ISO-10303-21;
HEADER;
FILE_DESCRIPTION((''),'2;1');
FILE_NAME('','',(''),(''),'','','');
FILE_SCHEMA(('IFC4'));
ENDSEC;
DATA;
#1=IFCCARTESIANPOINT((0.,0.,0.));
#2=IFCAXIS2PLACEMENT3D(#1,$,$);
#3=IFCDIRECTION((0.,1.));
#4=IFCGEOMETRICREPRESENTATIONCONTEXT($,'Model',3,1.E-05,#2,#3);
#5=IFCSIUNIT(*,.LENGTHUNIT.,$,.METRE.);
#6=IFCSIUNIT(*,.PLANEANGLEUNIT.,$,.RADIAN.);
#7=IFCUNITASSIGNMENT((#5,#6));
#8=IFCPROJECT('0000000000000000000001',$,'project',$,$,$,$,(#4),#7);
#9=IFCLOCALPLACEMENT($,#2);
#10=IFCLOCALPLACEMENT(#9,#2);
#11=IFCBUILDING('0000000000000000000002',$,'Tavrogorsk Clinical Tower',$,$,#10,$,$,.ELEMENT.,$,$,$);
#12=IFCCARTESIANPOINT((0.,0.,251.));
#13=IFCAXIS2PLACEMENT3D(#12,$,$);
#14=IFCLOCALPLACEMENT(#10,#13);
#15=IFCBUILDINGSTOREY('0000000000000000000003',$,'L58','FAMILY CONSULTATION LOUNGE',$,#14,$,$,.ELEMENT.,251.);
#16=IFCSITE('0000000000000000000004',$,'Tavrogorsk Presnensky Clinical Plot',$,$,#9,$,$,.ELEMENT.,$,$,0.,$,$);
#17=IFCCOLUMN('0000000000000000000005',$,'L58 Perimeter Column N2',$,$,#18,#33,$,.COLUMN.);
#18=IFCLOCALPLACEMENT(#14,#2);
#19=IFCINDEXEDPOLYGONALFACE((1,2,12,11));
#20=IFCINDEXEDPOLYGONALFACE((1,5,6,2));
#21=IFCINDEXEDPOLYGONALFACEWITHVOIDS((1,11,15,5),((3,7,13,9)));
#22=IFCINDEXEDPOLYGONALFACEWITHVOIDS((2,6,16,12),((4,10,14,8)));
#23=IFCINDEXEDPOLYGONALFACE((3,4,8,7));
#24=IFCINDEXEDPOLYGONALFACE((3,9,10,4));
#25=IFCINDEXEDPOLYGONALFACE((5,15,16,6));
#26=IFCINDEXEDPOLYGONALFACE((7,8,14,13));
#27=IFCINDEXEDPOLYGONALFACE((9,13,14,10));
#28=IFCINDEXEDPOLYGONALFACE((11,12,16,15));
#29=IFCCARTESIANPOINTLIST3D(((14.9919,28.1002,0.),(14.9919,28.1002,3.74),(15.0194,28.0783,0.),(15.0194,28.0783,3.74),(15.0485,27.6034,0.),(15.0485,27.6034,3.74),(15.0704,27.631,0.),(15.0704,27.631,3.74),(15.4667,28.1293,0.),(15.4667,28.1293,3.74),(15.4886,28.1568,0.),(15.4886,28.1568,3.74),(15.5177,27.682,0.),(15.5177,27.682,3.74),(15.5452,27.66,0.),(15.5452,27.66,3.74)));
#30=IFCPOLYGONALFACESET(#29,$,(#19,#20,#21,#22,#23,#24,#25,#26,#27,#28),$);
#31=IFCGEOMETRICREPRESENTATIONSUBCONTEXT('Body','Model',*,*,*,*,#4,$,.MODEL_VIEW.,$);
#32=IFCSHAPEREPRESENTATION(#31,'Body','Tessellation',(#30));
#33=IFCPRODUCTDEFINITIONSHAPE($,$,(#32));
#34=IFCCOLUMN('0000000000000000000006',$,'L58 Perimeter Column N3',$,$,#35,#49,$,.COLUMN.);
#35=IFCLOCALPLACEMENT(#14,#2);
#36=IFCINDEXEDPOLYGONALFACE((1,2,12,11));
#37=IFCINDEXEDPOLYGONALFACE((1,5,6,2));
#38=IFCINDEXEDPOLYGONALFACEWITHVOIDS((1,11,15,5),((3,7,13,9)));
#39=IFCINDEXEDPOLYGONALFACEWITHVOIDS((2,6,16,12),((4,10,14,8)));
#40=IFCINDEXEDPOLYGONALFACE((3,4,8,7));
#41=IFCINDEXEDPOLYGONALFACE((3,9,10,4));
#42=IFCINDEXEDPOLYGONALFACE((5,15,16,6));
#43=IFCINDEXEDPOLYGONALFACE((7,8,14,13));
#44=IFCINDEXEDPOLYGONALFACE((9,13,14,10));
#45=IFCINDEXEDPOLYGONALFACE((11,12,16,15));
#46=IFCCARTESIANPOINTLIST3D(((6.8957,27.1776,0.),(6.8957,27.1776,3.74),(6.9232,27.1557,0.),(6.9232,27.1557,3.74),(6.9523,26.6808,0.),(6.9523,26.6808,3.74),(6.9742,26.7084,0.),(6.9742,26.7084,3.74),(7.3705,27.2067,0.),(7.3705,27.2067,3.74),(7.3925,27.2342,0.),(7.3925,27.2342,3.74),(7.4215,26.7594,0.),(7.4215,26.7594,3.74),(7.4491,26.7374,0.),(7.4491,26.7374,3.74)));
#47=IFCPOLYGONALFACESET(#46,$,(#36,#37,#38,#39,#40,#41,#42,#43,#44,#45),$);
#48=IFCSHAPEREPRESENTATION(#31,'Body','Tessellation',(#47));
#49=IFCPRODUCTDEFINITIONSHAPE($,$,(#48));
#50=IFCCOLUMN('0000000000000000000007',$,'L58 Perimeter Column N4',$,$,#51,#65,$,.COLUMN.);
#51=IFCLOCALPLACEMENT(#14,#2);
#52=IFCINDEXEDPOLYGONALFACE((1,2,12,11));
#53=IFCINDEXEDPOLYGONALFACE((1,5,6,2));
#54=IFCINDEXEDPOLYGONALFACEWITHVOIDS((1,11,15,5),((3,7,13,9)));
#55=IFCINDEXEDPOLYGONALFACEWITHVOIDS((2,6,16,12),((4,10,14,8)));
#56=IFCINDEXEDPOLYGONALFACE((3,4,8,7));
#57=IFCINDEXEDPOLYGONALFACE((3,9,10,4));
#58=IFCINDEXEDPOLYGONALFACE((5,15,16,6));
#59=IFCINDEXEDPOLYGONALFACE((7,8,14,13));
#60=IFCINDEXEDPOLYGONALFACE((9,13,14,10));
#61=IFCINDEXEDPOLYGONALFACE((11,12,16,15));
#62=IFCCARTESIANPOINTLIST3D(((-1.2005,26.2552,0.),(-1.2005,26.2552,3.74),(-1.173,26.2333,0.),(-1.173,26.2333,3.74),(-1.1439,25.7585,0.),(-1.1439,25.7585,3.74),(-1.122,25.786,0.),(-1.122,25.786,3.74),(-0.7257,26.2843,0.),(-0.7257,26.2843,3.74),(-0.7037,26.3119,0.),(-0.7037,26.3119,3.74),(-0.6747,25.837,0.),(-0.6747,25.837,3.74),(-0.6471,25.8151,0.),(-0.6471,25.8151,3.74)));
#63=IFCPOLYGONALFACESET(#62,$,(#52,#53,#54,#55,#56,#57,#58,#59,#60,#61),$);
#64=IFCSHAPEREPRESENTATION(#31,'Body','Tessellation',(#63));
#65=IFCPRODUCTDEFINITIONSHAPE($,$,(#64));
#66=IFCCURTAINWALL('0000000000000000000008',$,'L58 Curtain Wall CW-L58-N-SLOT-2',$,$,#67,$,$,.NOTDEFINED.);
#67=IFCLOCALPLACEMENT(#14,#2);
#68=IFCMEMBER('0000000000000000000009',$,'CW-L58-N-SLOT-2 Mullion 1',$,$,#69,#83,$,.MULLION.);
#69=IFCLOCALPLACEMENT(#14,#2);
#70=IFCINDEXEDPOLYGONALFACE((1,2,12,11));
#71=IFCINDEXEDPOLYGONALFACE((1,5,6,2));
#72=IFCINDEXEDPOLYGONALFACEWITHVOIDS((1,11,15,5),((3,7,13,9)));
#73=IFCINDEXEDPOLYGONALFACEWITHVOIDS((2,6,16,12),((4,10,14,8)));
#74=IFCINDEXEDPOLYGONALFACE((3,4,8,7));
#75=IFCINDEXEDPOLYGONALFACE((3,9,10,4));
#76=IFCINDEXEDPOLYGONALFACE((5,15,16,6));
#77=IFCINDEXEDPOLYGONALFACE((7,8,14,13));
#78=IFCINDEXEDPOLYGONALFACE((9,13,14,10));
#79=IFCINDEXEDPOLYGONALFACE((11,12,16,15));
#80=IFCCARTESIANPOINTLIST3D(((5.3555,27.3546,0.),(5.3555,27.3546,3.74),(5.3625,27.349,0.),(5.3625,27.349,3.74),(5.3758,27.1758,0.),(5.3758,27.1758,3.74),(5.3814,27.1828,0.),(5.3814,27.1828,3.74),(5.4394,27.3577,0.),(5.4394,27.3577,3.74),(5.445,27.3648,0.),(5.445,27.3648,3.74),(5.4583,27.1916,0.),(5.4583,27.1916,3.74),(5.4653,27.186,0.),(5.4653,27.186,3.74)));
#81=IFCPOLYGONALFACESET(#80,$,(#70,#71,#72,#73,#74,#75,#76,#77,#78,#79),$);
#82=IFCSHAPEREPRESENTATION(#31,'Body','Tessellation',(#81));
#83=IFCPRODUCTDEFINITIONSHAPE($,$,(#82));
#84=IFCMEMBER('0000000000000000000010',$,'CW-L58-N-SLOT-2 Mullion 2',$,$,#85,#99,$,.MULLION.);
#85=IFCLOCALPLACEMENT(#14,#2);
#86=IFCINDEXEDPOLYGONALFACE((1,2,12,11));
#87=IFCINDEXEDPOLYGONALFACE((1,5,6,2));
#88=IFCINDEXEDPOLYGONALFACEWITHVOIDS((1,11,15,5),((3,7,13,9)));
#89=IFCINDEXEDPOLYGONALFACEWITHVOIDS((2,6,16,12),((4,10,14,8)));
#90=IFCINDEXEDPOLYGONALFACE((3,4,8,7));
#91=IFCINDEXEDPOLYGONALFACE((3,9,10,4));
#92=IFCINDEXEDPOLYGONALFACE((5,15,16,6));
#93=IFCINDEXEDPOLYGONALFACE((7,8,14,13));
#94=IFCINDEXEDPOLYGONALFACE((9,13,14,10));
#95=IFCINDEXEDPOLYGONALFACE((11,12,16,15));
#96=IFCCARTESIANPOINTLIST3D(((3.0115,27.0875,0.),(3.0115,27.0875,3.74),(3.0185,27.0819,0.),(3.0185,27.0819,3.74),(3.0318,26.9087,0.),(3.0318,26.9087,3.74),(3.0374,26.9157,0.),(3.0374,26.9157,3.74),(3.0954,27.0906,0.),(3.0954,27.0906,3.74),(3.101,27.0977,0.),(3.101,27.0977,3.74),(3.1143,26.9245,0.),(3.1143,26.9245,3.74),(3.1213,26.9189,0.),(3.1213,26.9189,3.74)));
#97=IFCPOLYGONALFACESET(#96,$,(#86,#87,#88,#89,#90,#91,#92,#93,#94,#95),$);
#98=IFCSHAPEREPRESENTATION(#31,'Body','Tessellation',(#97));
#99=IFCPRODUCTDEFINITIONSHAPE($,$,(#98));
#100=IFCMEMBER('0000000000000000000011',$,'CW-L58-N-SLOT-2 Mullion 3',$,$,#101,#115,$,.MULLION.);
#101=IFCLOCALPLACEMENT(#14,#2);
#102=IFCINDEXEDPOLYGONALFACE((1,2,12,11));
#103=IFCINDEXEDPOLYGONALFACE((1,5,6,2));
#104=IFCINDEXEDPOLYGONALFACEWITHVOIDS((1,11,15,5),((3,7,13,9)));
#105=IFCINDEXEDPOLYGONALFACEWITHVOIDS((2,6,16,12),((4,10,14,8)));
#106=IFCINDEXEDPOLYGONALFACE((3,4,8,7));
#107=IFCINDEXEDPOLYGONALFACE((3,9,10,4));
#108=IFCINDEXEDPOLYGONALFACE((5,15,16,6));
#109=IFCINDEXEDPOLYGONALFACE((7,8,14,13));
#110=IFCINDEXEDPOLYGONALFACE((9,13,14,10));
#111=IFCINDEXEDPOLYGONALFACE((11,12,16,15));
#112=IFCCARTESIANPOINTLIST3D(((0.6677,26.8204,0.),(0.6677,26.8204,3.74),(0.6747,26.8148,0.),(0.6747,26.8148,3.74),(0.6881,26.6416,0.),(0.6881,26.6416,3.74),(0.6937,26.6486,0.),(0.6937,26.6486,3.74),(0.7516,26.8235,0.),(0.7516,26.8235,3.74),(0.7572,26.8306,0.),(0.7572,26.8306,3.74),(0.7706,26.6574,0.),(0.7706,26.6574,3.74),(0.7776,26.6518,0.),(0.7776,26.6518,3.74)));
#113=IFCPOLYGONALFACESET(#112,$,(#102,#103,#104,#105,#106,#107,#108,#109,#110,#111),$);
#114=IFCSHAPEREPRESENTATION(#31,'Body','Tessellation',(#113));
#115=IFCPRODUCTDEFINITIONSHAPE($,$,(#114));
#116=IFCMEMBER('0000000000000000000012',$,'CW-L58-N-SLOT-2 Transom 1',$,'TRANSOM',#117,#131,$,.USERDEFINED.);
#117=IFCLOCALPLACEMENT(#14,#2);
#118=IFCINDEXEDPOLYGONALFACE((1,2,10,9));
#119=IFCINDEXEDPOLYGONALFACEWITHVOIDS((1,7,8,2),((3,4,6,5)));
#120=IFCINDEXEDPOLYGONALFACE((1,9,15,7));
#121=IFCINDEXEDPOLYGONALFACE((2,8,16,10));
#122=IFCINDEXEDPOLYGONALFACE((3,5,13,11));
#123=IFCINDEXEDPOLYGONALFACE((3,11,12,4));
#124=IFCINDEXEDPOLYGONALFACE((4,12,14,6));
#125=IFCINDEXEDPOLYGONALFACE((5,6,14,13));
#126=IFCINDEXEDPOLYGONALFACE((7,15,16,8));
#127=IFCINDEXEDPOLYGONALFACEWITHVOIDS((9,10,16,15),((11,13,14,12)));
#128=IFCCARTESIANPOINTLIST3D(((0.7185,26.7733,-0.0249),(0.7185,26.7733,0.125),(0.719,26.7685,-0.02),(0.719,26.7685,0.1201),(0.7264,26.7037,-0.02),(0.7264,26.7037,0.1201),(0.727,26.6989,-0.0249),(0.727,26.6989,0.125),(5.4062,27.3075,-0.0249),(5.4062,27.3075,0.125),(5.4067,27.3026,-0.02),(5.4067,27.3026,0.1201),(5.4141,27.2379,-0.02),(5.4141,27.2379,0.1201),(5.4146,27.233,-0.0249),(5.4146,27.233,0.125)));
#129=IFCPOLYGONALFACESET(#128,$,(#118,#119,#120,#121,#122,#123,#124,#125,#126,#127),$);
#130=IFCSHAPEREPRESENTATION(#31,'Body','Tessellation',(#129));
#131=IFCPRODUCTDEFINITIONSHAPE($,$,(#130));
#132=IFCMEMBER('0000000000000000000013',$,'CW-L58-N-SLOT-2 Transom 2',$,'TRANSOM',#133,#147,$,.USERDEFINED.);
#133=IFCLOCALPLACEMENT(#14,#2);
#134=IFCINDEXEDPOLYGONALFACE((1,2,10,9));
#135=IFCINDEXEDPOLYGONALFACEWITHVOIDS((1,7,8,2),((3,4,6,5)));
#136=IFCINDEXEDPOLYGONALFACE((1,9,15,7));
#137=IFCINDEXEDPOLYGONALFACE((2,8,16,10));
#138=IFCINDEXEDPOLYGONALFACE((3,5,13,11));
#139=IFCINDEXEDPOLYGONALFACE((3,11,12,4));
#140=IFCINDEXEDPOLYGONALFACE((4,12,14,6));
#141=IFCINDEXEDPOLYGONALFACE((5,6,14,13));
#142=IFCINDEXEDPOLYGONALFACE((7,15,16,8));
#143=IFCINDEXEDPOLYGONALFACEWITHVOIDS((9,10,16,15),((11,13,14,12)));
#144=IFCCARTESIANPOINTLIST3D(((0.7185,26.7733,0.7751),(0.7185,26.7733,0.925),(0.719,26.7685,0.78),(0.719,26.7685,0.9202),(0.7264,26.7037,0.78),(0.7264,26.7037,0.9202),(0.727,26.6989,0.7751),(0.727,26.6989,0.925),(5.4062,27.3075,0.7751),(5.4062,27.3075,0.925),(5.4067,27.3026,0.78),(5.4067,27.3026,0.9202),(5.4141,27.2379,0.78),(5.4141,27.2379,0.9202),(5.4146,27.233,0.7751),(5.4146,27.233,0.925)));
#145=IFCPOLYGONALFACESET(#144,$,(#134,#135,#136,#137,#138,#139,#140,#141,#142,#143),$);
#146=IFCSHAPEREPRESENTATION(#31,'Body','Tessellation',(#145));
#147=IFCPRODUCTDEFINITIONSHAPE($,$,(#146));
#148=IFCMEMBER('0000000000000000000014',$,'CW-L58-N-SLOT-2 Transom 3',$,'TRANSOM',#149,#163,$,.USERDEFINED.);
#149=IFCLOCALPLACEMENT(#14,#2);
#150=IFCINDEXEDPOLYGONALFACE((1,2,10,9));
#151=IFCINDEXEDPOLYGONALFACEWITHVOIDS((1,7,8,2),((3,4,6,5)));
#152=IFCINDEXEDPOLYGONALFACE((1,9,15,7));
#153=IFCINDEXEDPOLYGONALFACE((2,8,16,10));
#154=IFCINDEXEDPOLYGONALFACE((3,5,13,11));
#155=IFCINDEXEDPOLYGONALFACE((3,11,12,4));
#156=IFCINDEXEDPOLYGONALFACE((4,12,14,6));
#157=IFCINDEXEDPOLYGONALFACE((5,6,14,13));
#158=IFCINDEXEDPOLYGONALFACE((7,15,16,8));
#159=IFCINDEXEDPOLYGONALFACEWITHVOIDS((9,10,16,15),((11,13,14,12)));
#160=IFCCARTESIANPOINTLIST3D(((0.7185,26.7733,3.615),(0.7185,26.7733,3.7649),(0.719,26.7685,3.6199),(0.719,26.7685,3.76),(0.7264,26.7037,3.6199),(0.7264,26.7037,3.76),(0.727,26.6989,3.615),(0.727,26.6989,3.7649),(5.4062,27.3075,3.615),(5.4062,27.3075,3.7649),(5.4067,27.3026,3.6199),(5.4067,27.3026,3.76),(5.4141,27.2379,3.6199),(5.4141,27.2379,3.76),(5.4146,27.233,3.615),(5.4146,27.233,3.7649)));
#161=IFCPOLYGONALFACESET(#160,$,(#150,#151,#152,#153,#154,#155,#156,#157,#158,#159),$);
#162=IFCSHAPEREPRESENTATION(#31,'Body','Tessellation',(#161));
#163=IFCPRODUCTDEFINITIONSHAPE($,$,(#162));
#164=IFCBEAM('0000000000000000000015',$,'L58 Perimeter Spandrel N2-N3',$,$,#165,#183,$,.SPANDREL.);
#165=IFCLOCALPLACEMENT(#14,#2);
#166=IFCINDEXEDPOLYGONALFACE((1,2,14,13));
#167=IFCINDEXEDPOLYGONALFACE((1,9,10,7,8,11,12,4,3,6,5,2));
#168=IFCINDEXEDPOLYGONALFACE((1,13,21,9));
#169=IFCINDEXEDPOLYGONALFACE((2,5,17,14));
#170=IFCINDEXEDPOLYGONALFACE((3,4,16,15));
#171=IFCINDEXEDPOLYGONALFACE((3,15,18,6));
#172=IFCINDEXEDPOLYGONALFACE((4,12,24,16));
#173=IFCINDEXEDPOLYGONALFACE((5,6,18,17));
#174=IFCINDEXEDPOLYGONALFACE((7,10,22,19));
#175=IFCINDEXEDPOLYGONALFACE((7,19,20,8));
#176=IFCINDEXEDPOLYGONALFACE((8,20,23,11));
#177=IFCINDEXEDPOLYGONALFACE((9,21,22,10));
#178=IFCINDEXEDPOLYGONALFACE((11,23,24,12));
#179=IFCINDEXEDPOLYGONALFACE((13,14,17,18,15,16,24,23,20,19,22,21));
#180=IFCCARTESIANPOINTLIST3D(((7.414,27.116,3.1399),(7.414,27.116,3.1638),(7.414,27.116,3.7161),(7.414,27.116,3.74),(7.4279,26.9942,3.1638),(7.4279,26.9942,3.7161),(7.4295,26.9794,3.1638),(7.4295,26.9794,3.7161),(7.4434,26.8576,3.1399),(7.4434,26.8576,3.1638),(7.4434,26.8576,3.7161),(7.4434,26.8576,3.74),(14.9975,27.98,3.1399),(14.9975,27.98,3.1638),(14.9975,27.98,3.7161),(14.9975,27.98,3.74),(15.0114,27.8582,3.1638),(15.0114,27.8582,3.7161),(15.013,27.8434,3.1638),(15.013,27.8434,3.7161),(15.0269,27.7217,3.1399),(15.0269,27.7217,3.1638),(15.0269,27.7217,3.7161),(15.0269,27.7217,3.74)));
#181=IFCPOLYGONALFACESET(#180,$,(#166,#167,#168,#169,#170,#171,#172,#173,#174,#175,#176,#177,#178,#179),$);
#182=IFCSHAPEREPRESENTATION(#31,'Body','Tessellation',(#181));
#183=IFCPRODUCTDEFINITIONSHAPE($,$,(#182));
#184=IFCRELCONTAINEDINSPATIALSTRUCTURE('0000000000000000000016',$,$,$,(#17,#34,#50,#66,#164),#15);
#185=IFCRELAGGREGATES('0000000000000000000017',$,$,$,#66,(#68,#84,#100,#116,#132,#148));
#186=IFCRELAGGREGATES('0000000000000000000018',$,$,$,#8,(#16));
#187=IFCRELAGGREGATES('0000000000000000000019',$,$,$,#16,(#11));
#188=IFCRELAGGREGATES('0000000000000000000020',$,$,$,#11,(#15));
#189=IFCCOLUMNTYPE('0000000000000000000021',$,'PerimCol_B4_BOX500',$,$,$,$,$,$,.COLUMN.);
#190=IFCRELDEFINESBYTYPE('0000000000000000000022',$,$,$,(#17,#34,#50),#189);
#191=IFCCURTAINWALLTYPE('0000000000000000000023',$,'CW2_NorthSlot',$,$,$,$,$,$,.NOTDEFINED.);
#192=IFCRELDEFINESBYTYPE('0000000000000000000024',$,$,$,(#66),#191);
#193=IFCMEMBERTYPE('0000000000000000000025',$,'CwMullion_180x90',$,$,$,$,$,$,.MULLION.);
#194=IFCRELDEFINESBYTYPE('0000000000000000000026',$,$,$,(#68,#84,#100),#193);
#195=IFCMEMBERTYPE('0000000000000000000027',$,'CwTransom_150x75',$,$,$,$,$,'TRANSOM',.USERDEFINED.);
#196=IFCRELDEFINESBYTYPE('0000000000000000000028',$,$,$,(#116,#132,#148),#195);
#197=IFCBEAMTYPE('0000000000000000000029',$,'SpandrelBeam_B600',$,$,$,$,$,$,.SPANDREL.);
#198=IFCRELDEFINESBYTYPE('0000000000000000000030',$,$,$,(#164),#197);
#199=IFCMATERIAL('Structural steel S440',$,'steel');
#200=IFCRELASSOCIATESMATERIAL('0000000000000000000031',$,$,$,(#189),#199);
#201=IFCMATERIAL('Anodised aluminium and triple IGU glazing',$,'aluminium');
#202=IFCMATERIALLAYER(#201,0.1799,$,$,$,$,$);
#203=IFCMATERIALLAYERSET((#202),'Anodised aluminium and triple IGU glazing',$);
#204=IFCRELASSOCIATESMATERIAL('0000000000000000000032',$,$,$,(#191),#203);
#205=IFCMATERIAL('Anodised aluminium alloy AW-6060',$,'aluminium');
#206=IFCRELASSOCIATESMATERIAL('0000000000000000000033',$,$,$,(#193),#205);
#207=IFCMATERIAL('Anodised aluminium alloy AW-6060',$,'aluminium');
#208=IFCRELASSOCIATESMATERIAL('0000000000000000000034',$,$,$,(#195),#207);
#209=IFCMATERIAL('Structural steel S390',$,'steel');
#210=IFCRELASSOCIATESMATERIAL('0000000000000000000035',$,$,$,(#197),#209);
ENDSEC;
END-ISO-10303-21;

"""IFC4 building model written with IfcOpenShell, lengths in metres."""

from ifc_helpers import new_model, si_unit, direction, frame, origin, origin_2d, place, context, subcontext, project, spatial, hollow_rectangle, i_section, extrude, material, layer, layer_set, material_profile, profile_set, type_object, element, aggregate, save


model = new_model("IFC4")

# Units and contexts
model_context = context("Model", 3, precision=1e-05, world=origin(), true_north=direction((0.0, 1.0)))
body_context = subcontext(model_context, "Body", "Model", "MODEL_VIEW")
ifc_project = project(units=[si_unit("LENGTHUNIT", "METRE"), si_unit("PLANEANGLEUNIT", "RADIAN")], contexts=[model_context])

# Site, building, storey
site_placement = place(None, origin())
site = spatial("IfcSite", under=ifc_project, at=site_placement, Name="Tavrogorsk Presnensky Clinical Plot", CompositionType="ELEMENT", RefElevation=0.0)
building_placement = place(site_placement, origin())
building = spatial("IfcBuilding", under=site, at=building_placement, Name="Tavrogorsk Clinical Tower", CompositionType="ELEMENT")
storey_placement = place(building_placement, frame((0.0, 0.0, 251.0)))
storey = spatial("IfcBuildingStorey", under=building, at=storey_placement, Name="L58", Description="FAMILY CONSULTATION LOUNGE", CompositionType="ELEMENT", Elevation=251.0)

# Columns
ifc_material_1 = material(Name="Structural steel S440", Category="steel")
ifc_material_profile_1 = material_profile(ifc_material_1, hollow_rectangle(XDim=0.5, YDim=0.5, WallThickness=0.0249, at=origin_2d()), Name="BOX-500x500x25")
ifc_profile_set_1 = profile_set([ifc_material_profile_1], Name="Structural steel S440")
column_type = type_object("IfcColumnType", Name="PerimCol_B4_BOX500", PredefinedType="COLUMN", material=ifc_profile_set_1)
for number, where, z_axis, x_axis, name in (
    (1, (15.2686, 27.8801, 0.0), (0.0, 0.0, 1.0), (0.993572, 0.113203, 0.0), "L58 Perimeter Column N2"),
    (2, (7.1724, 26.9575, 0.0), (0.0, 0.0, 1.0), (0.993572, 0.113203, 0.0), "L58 Perimeter Column N3"),
    (3, (-0.9238, 26.0352, 0.0), (0.0, 0.0, 1.0), (0.993572, 0.113203, 0.0), "L58 Perimeter Column N4"),
):
    element("IfcColumn", number, at=place(storey_placement, frame(where, z_axis=z_axis, x_axis=x_axis)), inside=storey, type_object=column_type, Name=name, PredefinedType="COLUMN", context=body_context, shape_type="SweptSolid", body=[
        extrude(hollow_rectangle(XDim=0.5, YDim=0.5, WallThickness=0.0249, at=origin_2d()), origin(), (0.0, 0.0, 1.0), 3.74),
    ])

# Curtain wall, members
ifc_material_2 = material(Name="Anodised aluminium and triple IGU glazing", Category="aluminium")
ifc_layer_1 = layer(ifc_material_2, 0.1799)
ifc_layer_set_1 = layer_set([ifc_layer_1], Name="Anodised aluminium and triple IGU glazing")
curtain_wall_type = type_object("IfcCurtainWallType", Name="CW2_NorthSlot", PredefinedType="NOTDEFINED", material=ifc_layer_set_1)
curtain_wall_placement = place(storey_placement, origin())
curtain_wall = element("IfcCurtainWall", 4, at=curtain_wall_placement, inside=storey, type_object=curtain_wall_type, Name="L58 Curtain Wall CW-L58-N-SLOT-2", PredefinedType="NOTDEFINED")
ifc_material_3 = material(Name="Anodised aluminium alloy AW-6060", Category="aluminium")
ifc_material_profile_2 = material_profile(ifc_material_3, hollow_rectangle(XDim=0.0901, YDim=0.1799, WallThickness=0.0063, at=origin_2d()), Name="RHS-180x90x6.3")
ifc_profile_set_2 = profile_set([ifc_material_profile_2], Name="Anodised aluminium alloy AW-6060")
member_type_1 = type_object("IfcMemberType", Name="CwMullion_180x90", PredefinedType="MULLION", material=ifc_profile_set_2)
member_1_placement = place(storey_placement, frame((5.4104, 27.2703, 0.0), z_axis=(0.0, 0.0, 1.0), x_axis=(-0.993572, -0.113203, 0.0)))
member_1 = element("IfcMember", 5, at=member_1_placement, type_object=member_type_1, Name="CW-L58-N-SLOT-2 Mullion 1", PredefinedType="MULLION", context=body_context, shape_type="SweptSolid", body=[
    extrude(hollow_rectangle(XDim=0.0901, YDim=0.1799, WallThickness=0.0063, at=origin_2d()), origin(), (0.0, 0.0, 1.0), 3.74),
])
member_2_placement = place(storey_placement, frame((3.0664, 27.0032, 0.0), z_axis=(0.0, 0.0, 1.0), x_axis=(-0.993572, -0.113203, 0.0)))
member_2 = element("IfcMember", 6, at=member_2_placement, type_object=member_type_1, Name="CW-L58-N-SLOT-2 Mullion 2", PredefinedType="MULLION", context=body_context, shape_type="SweptSolid", body=[
    extrude(hollow_rectangle(XDim=0.0901, YDim=0.1799, WallThickness=0.0063, at=origin_2d()), origin(), (0.0, 0.0, 1.0), 3.74),
])
member_3_placement = place(storey_placement, frame((0.7227, 26.7361, 0.0), z_axis=(0.0, 0.0, 1.0), x_axis=(-0.993572, -0.113203, 0.0)))
member_3 = element("IfcMember", 7, at=member_3_placement, type_object=member_type_1, Name="CW-L58-N-SLOT-2 Mullion 3", PredefinedType="MULLION", context=body_context, shape_type="SweptSolid", body=[
    extrude(hollow_rectangle(XDim=0.0901, YDim=0.1799, WallThickness=0.0063, at=origin_2d()), origin(), (0.0, 0.0, 1.0), 3.74),
])
ifc_material_4 = material(Name="Anodised aluminium alloy AW-6060", Category="aluminium")
ifc_material_profile_3 = material_profile(ifc_material_4, hollow_rectangle(XDim=0.075, YDim=0.1499, WallThickness=0.0049, at=origin_2d()), Name="RHS-150x75x5")
ifc_profile_set_3 = profile_set([ifc_material_profile_3], Name="Anodised aluminium alloy AW-6060")
member_type_2 = type_object("IfcMemberType", Name="CwTransom_150x75", ElementType="TRANSOM", PredefinedType="USERDEFINED", material=ifc_profile_set_3)
member_4_placement = place(storey_placement, frame((5.4104, 27.2703, 0.05), z_axis=(-0.99357, -0.11322, 0.0), x_axis=(0.11322, -0.99357, 0.0)))
member_4 = element("IfcMember", 8, at=member_4_placement, type_object=member_type_2, Name="CW-L58-N-SLOT-2 Transom 1", ObjectType="TRANSOM", PredefinedType="USERDEFINED", context=body_context, shape_type="SweptSolid", body=[
    extrude(hollow_rectangle(XDim=0.075, YDim=0.1499, WallThickness=0.0049, at=origin_2d()), origin(), (0.0, 0.0, 1.0), 4.718),
])
member_5_placement = place(storey_placement, frame((5.4104, 27.2703, 0.8501), z_axis=(-0.99357, -0.11322, 0.0), x_axis=(0.11322, -0.99357, 0.0)))
member_5 = element("IfcMember", 9, at=member_5_placement, type_object=member_type_2, Name="CW-L58-N-SLOT-2 Transom 2", ObjectType="TRANSOM", PredefinedType="USERDEFINED", context=body_context, shape_type="SweptSolid", body=[
    extrude(hollow_rectangle(XDim=0.075, YDim=0.1499, WallThickness=0.0049, at=origin_2d()), origin(), (0.0, 0.0, 1.0), 4.718),
])
member_6_placement = place(storey_placement, frame((5.4104, 27.2703, 3.6899), z_axis=(-0.99357, -0.11322, 0.0), x_axis=(0.11322, -0.99357, 0.0)))
member_6 = element("IfcMember", 10, at=member_6_placement, type_object=member_type_2, Name="CW-L58-N-SLOT-2 Transom 3", ObjectType="TRANSOM", PredefinedType="USERDEFINED", context=body_context, shape_type="SweptSolid", body=[
    extrude(hollow_rectangle(XDim=0.075, YDim=0.1499, WallThickness=0.0049, at=origin_2d()), origin(), (0.0, 0.0, 1.0), 4.718),
])

# Beam
ifc_material_5 = material(Name="Structural steel S390", Category="steel")
ifc_material_profile_4 = material_profile(ifc_material_5, i_section(OverallWidth=0.26, OverallDepth=0.6001, WebThickness=0.0149, FlangeThickness=0.0239, at=origin_2d()), Name="B-600x260x15x24")
ifc_profile_set_4 = profile_set([ifc_material_profile_4], Name="Structural steel S390")
beam_type = type_object("IfcBeamType", Name="SpandrelBeam_B600", PredefinedType="SPANDREL", material=ifc_profile_set_4)
for number, where, z_axis, x_axis, name in (
    (11, (15.0122, 27.8508, 3.4399), (-0.993572, -0.113201, 0.0), (0.113201, -0.993572, 0.0), "L58 Perimeter Spandrel N2-N3"),
):
    element("IfcBeam", number, at=place(storey_placement, frame(where, z_axis=z_axis, x_axis=x_axis)), inside=storey, type_object=beam_type, Name=name, PredefinedType="SPANDREL", context=body_context, shape_type="SweptSolid", body=[
        extrude(i_section(OverallWidth=0.26, OverallDepth=0.6001, WebThickness=0.0149, FlangeThickness=0.0239, at=origin_2d()), origin(), (0.0, 0.0, 1.0), 7.6326),
    ])

aggregate(curtain_wall, [member_1, member_2, member_3, member_4, member_5, member_6])

save(model, "model.ifc")
